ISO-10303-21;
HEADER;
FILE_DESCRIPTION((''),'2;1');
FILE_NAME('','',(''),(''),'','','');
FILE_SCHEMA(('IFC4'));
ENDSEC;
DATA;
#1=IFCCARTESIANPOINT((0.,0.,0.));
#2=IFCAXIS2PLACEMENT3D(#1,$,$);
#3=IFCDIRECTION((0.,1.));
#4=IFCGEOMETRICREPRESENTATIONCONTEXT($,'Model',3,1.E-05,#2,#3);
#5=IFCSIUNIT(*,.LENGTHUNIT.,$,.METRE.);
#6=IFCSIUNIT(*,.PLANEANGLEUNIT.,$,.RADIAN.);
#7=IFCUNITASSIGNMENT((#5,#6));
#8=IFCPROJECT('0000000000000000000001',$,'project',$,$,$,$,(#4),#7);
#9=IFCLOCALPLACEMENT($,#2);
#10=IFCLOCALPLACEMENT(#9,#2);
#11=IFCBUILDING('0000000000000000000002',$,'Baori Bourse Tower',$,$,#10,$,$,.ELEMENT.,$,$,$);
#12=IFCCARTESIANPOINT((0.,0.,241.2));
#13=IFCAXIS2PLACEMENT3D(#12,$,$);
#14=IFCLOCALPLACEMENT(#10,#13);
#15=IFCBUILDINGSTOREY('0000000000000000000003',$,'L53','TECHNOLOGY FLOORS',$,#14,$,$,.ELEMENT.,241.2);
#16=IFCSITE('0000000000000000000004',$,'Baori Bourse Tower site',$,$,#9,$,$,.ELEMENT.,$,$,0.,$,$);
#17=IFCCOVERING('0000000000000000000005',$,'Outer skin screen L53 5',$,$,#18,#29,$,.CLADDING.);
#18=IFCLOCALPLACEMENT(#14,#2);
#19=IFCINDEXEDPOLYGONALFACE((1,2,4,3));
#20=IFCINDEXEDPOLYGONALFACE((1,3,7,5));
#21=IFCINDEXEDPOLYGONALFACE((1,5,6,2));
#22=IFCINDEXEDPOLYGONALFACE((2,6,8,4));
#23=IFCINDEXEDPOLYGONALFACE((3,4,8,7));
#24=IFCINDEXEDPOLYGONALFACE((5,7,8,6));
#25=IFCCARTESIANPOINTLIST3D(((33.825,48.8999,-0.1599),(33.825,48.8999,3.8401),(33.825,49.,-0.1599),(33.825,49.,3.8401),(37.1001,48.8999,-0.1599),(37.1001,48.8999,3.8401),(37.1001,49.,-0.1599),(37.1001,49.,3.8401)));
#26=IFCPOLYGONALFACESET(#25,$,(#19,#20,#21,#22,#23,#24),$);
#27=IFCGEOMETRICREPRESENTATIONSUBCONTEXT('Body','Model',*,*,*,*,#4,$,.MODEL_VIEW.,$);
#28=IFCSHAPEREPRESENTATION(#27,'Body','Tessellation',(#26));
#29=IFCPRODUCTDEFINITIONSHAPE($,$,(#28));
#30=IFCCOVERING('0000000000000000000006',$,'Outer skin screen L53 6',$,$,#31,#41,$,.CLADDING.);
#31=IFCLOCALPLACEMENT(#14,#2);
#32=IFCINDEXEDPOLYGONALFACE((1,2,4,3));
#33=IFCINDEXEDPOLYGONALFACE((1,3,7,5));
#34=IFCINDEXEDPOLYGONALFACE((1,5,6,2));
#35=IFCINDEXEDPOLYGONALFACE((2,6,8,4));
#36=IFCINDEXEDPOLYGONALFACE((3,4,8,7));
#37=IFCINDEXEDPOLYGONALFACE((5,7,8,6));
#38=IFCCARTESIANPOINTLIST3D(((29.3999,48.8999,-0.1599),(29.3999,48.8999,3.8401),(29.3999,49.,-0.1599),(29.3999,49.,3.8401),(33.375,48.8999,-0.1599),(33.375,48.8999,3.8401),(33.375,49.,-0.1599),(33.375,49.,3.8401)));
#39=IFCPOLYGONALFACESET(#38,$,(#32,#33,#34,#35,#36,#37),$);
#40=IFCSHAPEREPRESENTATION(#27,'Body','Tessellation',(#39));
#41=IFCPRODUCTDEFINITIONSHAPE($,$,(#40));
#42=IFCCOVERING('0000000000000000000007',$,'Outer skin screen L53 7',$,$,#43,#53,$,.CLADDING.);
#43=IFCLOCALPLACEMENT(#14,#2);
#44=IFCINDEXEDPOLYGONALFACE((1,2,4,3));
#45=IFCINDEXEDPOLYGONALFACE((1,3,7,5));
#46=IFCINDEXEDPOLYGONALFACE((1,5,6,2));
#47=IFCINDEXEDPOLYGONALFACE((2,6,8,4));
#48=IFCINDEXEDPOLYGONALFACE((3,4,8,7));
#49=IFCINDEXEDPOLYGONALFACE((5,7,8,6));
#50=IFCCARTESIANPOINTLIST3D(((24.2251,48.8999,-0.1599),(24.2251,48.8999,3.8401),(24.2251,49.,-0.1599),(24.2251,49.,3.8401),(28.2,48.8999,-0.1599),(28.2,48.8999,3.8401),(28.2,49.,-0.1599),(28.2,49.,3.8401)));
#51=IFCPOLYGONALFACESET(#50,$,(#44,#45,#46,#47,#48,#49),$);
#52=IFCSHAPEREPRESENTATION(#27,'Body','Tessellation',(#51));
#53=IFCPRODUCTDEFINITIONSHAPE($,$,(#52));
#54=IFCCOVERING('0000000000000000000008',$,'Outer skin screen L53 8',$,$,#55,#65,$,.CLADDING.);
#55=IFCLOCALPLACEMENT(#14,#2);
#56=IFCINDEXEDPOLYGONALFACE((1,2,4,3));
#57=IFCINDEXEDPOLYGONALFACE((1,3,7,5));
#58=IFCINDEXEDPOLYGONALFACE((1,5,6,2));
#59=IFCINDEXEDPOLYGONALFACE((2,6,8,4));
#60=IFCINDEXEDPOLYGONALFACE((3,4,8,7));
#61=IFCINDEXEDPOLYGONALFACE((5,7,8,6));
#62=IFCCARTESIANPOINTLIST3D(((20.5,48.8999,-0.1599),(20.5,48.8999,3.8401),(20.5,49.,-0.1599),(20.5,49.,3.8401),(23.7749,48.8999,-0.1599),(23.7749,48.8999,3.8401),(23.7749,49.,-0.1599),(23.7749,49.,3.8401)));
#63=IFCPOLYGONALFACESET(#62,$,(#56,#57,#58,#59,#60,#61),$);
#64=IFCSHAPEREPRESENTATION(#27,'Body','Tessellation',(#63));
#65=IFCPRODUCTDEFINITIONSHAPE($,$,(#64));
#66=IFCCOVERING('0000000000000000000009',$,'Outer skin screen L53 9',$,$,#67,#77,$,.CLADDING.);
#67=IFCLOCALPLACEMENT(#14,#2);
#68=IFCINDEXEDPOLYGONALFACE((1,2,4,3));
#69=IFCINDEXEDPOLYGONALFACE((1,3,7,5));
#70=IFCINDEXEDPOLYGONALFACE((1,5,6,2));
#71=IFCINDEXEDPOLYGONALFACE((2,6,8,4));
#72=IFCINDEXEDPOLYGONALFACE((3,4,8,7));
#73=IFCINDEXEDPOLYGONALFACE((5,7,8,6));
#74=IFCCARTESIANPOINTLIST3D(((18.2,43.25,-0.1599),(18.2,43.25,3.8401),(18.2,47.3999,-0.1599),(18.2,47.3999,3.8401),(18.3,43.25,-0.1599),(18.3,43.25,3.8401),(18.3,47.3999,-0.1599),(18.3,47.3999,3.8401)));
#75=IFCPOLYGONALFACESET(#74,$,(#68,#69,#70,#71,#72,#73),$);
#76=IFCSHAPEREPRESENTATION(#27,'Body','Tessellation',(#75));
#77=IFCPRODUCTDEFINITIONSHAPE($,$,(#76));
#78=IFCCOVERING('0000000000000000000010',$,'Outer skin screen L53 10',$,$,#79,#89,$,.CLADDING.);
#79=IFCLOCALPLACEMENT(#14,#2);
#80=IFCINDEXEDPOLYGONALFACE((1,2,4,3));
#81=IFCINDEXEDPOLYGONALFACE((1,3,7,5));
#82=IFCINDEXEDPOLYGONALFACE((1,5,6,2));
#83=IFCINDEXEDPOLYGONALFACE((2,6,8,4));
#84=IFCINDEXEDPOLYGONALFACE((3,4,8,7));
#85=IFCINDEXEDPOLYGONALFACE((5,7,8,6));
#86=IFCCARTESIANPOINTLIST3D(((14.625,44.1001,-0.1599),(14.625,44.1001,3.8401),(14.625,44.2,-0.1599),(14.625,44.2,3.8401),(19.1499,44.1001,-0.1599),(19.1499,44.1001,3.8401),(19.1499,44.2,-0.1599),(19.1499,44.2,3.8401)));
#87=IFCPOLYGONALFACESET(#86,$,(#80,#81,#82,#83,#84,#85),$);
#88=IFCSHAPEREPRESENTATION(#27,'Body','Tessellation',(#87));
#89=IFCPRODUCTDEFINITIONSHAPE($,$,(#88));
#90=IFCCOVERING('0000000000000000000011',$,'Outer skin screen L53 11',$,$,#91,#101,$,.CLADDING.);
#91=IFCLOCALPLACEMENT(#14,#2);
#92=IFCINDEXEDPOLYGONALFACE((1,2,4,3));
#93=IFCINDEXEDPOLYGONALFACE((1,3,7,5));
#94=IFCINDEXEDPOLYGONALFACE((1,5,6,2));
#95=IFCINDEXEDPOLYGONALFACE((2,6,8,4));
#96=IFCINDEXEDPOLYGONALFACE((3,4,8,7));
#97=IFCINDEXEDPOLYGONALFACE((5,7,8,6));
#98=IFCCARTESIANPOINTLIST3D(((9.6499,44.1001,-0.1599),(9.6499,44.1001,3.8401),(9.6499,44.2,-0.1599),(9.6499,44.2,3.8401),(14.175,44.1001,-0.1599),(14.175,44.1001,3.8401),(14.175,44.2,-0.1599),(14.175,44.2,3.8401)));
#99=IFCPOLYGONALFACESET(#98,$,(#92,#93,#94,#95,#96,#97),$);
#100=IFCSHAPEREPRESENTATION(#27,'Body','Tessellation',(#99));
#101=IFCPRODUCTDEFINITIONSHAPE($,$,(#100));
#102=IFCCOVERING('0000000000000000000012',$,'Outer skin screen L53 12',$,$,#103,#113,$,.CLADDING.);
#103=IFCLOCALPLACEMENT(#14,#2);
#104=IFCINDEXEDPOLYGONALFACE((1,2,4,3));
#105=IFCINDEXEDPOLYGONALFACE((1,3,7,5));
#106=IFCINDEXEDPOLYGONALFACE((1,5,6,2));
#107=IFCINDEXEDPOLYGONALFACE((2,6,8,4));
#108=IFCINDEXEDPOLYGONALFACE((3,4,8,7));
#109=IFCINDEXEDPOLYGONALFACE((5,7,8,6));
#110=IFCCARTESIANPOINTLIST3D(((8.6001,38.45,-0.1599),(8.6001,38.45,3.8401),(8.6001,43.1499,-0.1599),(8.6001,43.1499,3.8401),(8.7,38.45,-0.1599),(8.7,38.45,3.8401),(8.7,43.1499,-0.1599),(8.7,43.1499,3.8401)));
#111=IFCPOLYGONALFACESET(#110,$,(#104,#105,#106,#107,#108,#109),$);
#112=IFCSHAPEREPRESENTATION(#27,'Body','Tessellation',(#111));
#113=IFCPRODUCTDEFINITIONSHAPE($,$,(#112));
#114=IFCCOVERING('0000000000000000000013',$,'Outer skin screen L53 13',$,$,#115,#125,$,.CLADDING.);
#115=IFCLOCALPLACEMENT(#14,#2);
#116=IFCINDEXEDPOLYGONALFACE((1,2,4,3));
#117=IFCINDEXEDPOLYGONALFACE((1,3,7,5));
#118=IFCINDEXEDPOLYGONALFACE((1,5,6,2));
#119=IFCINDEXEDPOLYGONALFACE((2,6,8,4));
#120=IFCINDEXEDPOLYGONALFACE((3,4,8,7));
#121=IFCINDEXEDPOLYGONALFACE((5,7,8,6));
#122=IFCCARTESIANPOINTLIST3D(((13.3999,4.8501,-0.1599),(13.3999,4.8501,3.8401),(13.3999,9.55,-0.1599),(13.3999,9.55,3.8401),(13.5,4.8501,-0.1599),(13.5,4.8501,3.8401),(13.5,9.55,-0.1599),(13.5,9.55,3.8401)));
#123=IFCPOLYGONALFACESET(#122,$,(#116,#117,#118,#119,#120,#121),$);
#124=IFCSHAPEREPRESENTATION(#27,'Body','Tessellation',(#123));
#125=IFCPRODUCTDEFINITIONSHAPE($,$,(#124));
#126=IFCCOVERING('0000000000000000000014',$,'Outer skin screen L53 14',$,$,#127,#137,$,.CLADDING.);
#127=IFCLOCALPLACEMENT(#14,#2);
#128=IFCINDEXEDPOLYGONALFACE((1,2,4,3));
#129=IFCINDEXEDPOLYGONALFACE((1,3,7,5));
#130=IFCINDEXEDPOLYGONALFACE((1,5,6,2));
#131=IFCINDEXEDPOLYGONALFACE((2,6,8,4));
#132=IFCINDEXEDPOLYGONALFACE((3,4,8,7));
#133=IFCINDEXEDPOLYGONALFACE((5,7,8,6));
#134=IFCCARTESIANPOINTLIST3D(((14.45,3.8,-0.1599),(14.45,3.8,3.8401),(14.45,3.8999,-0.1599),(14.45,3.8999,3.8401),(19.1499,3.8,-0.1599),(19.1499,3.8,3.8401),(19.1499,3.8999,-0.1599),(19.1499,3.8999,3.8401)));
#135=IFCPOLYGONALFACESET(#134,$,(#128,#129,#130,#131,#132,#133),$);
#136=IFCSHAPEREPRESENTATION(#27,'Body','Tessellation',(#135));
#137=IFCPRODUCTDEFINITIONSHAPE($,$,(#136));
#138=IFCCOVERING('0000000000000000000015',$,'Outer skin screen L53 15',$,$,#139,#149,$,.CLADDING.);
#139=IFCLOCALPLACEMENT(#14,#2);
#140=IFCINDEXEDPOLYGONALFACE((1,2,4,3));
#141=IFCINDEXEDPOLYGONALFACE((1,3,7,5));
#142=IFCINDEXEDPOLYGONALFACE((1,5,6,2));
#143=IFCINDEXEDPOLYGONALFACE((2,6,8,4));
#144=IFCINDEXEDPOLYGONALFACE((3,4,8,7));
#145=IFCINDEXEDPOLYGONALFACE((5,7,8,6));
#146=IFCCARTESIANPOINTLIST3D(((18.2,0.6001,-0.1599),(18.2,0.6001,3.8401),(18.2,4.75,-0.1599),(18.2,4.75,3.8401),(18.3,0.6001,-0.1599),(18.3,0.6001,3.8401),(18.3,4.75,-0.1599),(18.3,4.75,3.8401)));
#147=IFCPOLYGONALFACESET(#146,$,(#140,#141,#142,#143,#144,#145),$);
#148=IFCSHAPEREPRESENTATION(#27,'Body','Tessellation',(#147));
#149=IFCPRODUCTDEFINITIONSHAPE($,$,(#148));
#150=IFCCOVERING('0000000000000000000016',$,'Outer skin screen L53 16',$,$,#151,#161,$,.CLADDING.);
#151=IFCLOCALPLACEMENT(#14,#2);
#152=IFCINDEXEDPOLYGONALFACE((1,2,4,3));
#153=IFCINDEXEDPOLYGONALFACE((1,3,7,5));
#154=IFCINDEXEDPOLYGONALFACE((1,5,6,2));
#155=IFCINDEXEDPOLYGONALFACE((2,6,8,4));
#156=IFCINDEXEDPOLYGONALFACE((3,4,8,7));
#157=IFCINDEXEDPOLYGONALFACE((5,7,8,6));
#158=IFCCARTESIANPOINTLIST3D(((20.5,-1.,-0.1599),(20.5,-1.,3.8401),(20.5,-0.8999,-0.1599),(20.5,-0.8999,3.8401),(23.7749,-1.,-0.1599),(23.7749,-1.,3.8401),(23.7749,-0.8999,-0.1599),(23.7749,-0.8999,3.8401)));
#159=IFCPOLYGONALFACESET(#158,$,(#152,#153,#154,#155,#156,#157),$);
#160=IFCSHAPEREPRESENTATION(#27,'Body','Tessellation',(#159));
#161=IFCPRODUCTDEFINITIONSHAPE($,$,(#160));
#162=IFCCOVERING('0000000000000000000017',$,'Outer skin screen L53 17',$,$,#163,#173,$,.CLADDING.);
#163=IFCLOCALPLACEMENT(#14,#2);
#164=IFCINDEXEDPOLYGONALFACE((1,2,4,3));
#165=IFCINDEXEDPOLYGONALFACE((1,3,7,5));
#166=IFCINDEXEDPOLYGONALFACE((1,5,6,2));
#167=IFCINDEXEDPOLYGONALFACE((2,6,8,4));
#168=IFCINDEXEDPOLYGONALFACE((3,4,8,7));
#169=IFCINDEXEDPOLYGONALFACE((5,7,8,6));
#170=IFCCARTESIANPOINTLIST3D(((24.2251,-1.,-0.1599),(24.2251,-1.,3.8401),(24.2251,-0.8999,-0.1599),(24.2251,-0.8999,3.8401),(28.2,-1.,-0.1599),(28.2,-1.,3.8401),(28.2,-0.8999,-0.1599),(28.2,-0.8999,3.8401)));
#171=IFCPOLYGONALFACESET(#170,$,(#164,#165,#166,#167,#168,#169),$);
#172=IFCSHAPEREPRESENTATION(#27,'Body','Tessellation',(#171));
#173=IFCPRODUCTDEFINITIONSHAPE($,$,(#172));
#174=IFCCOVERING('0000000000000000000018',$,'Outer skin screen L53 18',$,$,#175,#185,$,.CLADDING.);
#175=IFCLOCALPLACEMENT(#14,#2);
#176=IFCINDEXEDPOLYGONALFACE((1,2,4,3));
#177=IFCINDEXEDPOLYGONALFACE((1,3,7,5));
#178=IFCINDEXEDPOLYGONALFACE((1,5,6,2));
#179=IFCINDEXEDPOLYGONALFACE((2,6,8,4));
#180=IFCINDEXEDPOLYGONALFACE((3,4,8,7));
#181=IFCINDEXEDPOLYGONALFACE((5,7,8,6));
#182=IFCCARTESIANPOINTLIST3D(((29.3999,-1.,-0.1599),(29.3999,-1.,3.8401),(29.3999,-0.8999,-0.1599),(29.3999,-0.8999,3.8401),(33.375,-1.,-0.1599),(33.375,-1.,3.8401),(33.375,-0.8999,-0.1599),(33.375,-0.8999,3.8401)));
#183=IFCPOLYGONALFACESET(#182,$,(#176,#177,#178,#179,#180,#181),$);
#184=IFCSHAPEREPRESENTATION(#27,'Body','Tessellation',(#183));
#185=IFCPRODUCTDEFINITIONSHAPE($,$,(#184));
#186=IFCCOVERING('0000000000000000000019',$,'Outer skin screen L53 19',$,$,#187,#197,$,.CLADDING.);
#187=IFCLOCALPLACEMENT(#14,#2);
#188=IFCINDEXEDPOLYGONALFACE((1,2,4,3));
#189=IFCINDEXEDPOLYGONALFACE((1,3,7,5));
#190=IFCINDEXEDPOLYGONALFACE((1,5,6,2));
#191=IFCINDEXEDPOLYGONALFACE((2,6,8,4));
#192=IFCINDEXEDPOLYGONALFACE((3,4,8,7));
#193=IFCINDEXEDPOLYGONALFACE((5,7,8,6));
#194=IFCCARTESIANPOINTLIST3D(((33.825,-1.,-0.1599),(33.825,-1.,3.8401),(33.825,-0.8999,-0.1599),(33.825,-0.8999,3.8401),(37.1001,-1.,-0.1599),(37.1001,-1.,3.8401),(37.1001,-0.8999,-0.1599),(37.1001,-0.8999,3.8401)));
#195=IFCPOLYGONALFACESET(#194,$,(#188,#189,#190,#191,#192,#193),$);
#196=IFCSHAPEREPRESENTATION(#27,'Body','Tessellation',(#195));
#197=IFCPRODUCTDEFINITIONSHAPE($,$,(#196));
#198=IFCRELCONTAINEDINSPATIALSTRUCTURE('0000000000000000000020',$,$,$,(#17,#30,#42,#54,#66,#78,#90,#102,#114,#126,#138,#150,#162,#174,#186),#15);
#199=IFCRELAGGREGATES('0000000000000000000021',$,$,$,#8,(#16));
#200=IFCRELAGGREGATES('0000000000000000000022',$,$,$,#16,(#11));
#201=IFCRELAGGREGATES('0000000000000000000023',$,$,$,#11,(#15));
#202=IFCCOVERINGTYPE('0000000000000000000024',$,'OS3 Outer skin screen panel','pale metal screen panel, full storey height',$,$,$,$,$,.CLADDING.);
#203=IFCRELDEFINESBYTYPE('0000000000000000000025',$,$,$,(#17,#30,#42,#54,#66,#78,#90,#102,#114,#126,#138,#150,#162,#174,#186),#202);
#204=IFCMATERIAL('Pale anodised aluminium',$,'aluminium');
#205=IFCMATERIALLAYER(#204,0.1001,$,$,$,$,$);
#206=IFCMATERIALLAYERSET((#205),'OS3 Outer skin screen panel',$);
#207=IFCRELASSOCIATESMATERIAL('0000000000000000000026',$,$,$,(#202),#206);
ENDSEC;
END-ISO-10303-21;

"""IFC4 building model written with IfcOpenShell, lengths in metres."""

from ifc_helpers import new_model, si_unit, direction, frame, origin, place, context, subcontext, project, spatial, polyline, outline, extrude, material, layer, layer_set, type_object, element, save


model = new_model("IFC4")

# Units and contexts
model_context = context("Model", 3, precision=1e-05, world=origin(), true_north=direction((0.0, 1.0)))
body_context = subcontext(model_context, "Body", "Model", "MODEL_VIEW")
ifc_project = project(units=[si_unit("LENGTHUNIT", "METRE"), si_unit("PLANEANGLEUNIT", "RADIAN")], contexts=[model_context])

# Site, building, storey
site_placement = place(None, origin())
site = spatial("IfcSite", under=ifc_project, at=site_placement, Name="Baori Bourse Tower site", CompositionType="ELEMENT", RefElevation=0.0)
building_placement = place(site_placement, origin())
building = spatial("IfcBuilding", under=site, at=building_placement, Name="Baori Bourse Tower", CompositionType="ELEMENT")
storey_placement = place(building_placement, frame((0.0, 0.0, 241.2)))
storey = spatial("IfcBuildingStorey", under=building, at=storey_placement, Name="L53", Description="TECHNOLOGY FLOORS", CompositionType="ELEMENT", Elevation=241.2)

# Coverings
ifc_material_1 = material(Name="Pale anodised aluminium", Category="aluminium")
ifc_layer_1 = layer(ifc_material_1, 0.1001)
ifc_layer_set_1 = layer_set([ifc_layer_1], Name="OS3 Outer skin screen panel")
covering_type = type_object("IfcCoveringType", Name="OS3 Outer skin screen panel", Description="pale metal screen panel, full storey height", PredefinedType="CLADDING", material=ifc_layer_set_1)
covering_1_placement = place(storey_placement, frame((0.0, 0.0, -0.1599)))
element("IfcCovering", 1, at=covering_1_placement, inside=storey, type_object=covering_type, Name="Outer skin screen L53 5", PredefinedType="CLADDING", context=body_context, shape_type="SweptSolid", body=[
    extrude(outline(polyline([(33.825, 48.8999), (37.1001, 48.8999), (37.1001, 49.0), (33.825, 49.0), (33.825, 48.8999)])), origin(), (0.0, 0.0, 1.0), 4.0),
])
covering_2_placement = place(storey_placement, frame((0.0, 0.0, -0.1599)))
element("IfcCovering", 2, at=covering_2_placement, inside=storey, type_object=covering_type, Name="Outer skin screen L53 6", PredefinedType="CLADDING", context=body_context, shape_type="SweptSolid", body=[
    extrude(outline(polyline([(29.3999, 48.8999), (33.375, 48.8999), (33.375, 49.0), (29.3999, 49.0), (29.3999, 48.8999)])), origin(), (0.0, 0.0, 1.0), 4.0),
])
covering_3_placement = place(storey_placement, frame((0.0, 0.0, -0.1599)))
element("IfcCovering", 3, at=covering_3_placement, inside=storey, type_object=covering_type, Name="Outer skin screen L53 7", PredefinedType="CLADDING", context=body_context, shape_type="SweptSolid", body=[
    extrude(outline(polyline([(24.2251, 48.8999), (28.2, 48.8999), (28.2, 49.0), (24.2251, 49.0), (24.2251, 48.8999)])), origin(), (0.0, 0.0, 1.0), 4.0),
])
covering_4_placement = place(storey_placement, frame((0.0, 0.0, -0.1599)))
element("IfcCovering", 4, at=covering_4_placement, inside=storey, type_object=covering_type, Name="Outer skin screen L53 8", PredefinedType="CLADDING", context=body_context, shape_type="SweptSolid", body=[
    extrude(outline(polyline([(20.5, 48.8999), (23.7749, 48.8999), (23.7749, 49.0), (20.5, 49.0), (20.5, 48.8999)])), origin(), (0.0, 0.0, 1.0), 4.0),
])
covering_5_placement = place(storey_placement, frame((0.0, 0.0, -0.1599)))
element("IfcCovering", 5, at=covering_5_placement, inside=storey, type_object=covering_type, Name="Outer skin screen L53 9", PredefinedType="CLADDING", context=body_context, shape_type="SweptSolid", body=[
    extrude(outline(polyline([(18.3, 43.25), (18.3, 47.3999), (18.2, 47.3999), (18.2, 43.25), (18.3, 43.25)])), origin(), (0.0, 0.0, 1.0), 4.0),
])
covering_6_placement = place(storey_placement, frame((0.0, 0.0, -0.1599)))
element("IfcCovering", 6, at=covering_6_placement, inside=storey, type_object=covering_type, Name="Outer skin screen L53 10", PredefinedType="CLADDING", context=body_context, shape_type="SweptSolid", body=[
    extrude(outline(polyline([(14.625, 44.1001), (19.1499, 44.1001), (19.1499, 44.2), (14.625, 44.2), (14.625, 44.1001)])), origin(), (0.0, 0.0, 1.0), 4.0),
])
covering_7_placement = place(storey_placement, frame((0.0, 0.0, -0.1599)))
element("IfcCovering", 7, at=covering_7_placement, inside=storey, type_object=covering_type, Name="Outer skin screen L53 11", PredefinedType="CLADDING", context=body_context, shape_type="SweptSolid", body=[
    extrude(outline(polyline([(9.6499, 44.1001), (14.175, 44.1001), (14.175, 44.2), (9.6499, 44.2), (9.6499, 44.1001)])), origin(), (0.0, 0.0, 1.0), 4.0),
])
covering_8_placement = place(storey_placement, frame((0.0, 0.0, -0.1599)))
element("IfcCovering", 8, at=covering_8_placement, inside=storey, type_object=covering_type, Name="Outer skin screen L53 12", PredefinedType="CLADDING", context=body_context, shape_type="SweptSolid", body=[
    extrude(outline(polyline([(8.7, 38.45), (8.7, 43.1499), (8.6001, 43.1499), (8.6001, 38.45), (8.7, 38.45)])), origin(), (0.0, 0.0, 1.0), 4.0),
])
covering_9_placement = place(storey_placement, frame((0.0, 0.0, -0.1599)))
element("IfcCovering", 9, at=covering_9_placement, inside=storey, type_object=covering_type, Name="Outer skin screen L53 13", PredefinedType="CLADDING", context=body_context, shape_type="SweptSolid", body=[
    extrude(outline(polyline([(13.5, 4.8501), (13.5, 9.55), (13.3999, 9.55), (13.3999, 4.8501), (13.5, 4.8501)])), origin(), (0.0, 0.0, 1.0), 4.0),
])
covering_10_placement = place(storey_placement, frame((0.0, 0.0, -0.1599)))
element("IfcCovering", 10, at=covering_10_placement, inside=storey, type_object=covering_type, Name="Outer skin screen L53 14", PredefinedType="CLADDING", context=body_context, shape_type="SweptSolid", body=[
    extrude(outline(polyline([(19.1499, 3.8999), (14.45, 3.8999), (14.45, 3.8), (19.1499, 3.8), (19.1499, 3.8999)])), origin(), (0.0, 0.0, 1.0), 4.0),
])
covering_11_placement = place(storey_placement, frame((0.0, 0.0, -0.1599)))
element("IfcCovering", 11, at=covering_11_placement, inside=storey, type_object=covering_type, Name="Outer skin screen L53 15", PredefinedType="CLADDING", context=body_context, shape_type="SweptSolid", body=[
    extrude(outline(polyline([(18.3, 0.6001), (18.3, 4.75), (18.2, 4.75), (18.2, 0.6001), (18.3, 0.6001)])), origin(), (0.0, 0.0, 1.0), 4.0),
])
covering_12_placement = place(storey_placement, frame((0.0, 0.0, -0.1599)))
element("IfcCovering", 12, at=covering_12_placement, inside=storey, type_object=covering_type, Name="Outer skin screen L53 16", PredefinedType="CLADDING", context=body_context, shape_type="SweptSolid", body=[
    extrude(outline(polyline([(23.7749, -0.8999), (20.5, -0.8999), (20.5, -1.0), (23.7749, -1.0), (23.7749, -0.8999)])), origin(), (0.0, 0.0, 1.0), 4.0),
])
covering_13_placement = place(storey_placement, frame((0.0, 0.0, -0.1599)))
element("IfcCovering", 13, at=covering_13_placement, inside=storey, type_object=covering_type, Name="Outer skin screen L53 17", PredefinedType="CLADDING", context=body_context, shape_type="SweptSolid", body=[
    extrude(outline(polyline([(28.2, -0.8999), (24.2251, -0.8999), (24.2251, -1.0), (28.2, -1.0), (28.2, -0.8999)])), origin(), (0.0, 0.0, 1.0), 4.0),
])
covering_14_placement = place(storey_placement, frame((0.0, 0.0, -0.1599)))
element("IfcCovering", 14, at=covering_14_placement, inside=storey, type_object=covering_type, Name="Outer skin screen L53 18", PredefinedType="CLADDING", context=body_context, shape_type="SweptSolid", body=[
    extrude(outline(polyline([(33.375, -0.8999), (29.3999, -0.8999), (29.3999, -1.0), (33.375, -1.0), (33.375, -0.8999)])), origin(), (0.0, 0.0, 1.0), 4.0),
])
covering_15_placement = place(storey_placement, frame((0.0, 0.0, -0.1599)))
element("IfcCovering", 15, at=covering_15_placement, inside=storey, type_object=covering_type, Name="Outer skin screen L53 19", PredefinedType="CLADDING", context=body_context, shape_type="SweptSolid", body=[
    extrude(outline(polyline([(37.1001, -0.8999), (33.825, -0.8999), (33.825, -1.0), (37.1001, -1.0), (37.1001, -0.8999)])), origin(), (0.0, 0.0, 1.0), 4.0),
])

save(model, "model.ifc")
